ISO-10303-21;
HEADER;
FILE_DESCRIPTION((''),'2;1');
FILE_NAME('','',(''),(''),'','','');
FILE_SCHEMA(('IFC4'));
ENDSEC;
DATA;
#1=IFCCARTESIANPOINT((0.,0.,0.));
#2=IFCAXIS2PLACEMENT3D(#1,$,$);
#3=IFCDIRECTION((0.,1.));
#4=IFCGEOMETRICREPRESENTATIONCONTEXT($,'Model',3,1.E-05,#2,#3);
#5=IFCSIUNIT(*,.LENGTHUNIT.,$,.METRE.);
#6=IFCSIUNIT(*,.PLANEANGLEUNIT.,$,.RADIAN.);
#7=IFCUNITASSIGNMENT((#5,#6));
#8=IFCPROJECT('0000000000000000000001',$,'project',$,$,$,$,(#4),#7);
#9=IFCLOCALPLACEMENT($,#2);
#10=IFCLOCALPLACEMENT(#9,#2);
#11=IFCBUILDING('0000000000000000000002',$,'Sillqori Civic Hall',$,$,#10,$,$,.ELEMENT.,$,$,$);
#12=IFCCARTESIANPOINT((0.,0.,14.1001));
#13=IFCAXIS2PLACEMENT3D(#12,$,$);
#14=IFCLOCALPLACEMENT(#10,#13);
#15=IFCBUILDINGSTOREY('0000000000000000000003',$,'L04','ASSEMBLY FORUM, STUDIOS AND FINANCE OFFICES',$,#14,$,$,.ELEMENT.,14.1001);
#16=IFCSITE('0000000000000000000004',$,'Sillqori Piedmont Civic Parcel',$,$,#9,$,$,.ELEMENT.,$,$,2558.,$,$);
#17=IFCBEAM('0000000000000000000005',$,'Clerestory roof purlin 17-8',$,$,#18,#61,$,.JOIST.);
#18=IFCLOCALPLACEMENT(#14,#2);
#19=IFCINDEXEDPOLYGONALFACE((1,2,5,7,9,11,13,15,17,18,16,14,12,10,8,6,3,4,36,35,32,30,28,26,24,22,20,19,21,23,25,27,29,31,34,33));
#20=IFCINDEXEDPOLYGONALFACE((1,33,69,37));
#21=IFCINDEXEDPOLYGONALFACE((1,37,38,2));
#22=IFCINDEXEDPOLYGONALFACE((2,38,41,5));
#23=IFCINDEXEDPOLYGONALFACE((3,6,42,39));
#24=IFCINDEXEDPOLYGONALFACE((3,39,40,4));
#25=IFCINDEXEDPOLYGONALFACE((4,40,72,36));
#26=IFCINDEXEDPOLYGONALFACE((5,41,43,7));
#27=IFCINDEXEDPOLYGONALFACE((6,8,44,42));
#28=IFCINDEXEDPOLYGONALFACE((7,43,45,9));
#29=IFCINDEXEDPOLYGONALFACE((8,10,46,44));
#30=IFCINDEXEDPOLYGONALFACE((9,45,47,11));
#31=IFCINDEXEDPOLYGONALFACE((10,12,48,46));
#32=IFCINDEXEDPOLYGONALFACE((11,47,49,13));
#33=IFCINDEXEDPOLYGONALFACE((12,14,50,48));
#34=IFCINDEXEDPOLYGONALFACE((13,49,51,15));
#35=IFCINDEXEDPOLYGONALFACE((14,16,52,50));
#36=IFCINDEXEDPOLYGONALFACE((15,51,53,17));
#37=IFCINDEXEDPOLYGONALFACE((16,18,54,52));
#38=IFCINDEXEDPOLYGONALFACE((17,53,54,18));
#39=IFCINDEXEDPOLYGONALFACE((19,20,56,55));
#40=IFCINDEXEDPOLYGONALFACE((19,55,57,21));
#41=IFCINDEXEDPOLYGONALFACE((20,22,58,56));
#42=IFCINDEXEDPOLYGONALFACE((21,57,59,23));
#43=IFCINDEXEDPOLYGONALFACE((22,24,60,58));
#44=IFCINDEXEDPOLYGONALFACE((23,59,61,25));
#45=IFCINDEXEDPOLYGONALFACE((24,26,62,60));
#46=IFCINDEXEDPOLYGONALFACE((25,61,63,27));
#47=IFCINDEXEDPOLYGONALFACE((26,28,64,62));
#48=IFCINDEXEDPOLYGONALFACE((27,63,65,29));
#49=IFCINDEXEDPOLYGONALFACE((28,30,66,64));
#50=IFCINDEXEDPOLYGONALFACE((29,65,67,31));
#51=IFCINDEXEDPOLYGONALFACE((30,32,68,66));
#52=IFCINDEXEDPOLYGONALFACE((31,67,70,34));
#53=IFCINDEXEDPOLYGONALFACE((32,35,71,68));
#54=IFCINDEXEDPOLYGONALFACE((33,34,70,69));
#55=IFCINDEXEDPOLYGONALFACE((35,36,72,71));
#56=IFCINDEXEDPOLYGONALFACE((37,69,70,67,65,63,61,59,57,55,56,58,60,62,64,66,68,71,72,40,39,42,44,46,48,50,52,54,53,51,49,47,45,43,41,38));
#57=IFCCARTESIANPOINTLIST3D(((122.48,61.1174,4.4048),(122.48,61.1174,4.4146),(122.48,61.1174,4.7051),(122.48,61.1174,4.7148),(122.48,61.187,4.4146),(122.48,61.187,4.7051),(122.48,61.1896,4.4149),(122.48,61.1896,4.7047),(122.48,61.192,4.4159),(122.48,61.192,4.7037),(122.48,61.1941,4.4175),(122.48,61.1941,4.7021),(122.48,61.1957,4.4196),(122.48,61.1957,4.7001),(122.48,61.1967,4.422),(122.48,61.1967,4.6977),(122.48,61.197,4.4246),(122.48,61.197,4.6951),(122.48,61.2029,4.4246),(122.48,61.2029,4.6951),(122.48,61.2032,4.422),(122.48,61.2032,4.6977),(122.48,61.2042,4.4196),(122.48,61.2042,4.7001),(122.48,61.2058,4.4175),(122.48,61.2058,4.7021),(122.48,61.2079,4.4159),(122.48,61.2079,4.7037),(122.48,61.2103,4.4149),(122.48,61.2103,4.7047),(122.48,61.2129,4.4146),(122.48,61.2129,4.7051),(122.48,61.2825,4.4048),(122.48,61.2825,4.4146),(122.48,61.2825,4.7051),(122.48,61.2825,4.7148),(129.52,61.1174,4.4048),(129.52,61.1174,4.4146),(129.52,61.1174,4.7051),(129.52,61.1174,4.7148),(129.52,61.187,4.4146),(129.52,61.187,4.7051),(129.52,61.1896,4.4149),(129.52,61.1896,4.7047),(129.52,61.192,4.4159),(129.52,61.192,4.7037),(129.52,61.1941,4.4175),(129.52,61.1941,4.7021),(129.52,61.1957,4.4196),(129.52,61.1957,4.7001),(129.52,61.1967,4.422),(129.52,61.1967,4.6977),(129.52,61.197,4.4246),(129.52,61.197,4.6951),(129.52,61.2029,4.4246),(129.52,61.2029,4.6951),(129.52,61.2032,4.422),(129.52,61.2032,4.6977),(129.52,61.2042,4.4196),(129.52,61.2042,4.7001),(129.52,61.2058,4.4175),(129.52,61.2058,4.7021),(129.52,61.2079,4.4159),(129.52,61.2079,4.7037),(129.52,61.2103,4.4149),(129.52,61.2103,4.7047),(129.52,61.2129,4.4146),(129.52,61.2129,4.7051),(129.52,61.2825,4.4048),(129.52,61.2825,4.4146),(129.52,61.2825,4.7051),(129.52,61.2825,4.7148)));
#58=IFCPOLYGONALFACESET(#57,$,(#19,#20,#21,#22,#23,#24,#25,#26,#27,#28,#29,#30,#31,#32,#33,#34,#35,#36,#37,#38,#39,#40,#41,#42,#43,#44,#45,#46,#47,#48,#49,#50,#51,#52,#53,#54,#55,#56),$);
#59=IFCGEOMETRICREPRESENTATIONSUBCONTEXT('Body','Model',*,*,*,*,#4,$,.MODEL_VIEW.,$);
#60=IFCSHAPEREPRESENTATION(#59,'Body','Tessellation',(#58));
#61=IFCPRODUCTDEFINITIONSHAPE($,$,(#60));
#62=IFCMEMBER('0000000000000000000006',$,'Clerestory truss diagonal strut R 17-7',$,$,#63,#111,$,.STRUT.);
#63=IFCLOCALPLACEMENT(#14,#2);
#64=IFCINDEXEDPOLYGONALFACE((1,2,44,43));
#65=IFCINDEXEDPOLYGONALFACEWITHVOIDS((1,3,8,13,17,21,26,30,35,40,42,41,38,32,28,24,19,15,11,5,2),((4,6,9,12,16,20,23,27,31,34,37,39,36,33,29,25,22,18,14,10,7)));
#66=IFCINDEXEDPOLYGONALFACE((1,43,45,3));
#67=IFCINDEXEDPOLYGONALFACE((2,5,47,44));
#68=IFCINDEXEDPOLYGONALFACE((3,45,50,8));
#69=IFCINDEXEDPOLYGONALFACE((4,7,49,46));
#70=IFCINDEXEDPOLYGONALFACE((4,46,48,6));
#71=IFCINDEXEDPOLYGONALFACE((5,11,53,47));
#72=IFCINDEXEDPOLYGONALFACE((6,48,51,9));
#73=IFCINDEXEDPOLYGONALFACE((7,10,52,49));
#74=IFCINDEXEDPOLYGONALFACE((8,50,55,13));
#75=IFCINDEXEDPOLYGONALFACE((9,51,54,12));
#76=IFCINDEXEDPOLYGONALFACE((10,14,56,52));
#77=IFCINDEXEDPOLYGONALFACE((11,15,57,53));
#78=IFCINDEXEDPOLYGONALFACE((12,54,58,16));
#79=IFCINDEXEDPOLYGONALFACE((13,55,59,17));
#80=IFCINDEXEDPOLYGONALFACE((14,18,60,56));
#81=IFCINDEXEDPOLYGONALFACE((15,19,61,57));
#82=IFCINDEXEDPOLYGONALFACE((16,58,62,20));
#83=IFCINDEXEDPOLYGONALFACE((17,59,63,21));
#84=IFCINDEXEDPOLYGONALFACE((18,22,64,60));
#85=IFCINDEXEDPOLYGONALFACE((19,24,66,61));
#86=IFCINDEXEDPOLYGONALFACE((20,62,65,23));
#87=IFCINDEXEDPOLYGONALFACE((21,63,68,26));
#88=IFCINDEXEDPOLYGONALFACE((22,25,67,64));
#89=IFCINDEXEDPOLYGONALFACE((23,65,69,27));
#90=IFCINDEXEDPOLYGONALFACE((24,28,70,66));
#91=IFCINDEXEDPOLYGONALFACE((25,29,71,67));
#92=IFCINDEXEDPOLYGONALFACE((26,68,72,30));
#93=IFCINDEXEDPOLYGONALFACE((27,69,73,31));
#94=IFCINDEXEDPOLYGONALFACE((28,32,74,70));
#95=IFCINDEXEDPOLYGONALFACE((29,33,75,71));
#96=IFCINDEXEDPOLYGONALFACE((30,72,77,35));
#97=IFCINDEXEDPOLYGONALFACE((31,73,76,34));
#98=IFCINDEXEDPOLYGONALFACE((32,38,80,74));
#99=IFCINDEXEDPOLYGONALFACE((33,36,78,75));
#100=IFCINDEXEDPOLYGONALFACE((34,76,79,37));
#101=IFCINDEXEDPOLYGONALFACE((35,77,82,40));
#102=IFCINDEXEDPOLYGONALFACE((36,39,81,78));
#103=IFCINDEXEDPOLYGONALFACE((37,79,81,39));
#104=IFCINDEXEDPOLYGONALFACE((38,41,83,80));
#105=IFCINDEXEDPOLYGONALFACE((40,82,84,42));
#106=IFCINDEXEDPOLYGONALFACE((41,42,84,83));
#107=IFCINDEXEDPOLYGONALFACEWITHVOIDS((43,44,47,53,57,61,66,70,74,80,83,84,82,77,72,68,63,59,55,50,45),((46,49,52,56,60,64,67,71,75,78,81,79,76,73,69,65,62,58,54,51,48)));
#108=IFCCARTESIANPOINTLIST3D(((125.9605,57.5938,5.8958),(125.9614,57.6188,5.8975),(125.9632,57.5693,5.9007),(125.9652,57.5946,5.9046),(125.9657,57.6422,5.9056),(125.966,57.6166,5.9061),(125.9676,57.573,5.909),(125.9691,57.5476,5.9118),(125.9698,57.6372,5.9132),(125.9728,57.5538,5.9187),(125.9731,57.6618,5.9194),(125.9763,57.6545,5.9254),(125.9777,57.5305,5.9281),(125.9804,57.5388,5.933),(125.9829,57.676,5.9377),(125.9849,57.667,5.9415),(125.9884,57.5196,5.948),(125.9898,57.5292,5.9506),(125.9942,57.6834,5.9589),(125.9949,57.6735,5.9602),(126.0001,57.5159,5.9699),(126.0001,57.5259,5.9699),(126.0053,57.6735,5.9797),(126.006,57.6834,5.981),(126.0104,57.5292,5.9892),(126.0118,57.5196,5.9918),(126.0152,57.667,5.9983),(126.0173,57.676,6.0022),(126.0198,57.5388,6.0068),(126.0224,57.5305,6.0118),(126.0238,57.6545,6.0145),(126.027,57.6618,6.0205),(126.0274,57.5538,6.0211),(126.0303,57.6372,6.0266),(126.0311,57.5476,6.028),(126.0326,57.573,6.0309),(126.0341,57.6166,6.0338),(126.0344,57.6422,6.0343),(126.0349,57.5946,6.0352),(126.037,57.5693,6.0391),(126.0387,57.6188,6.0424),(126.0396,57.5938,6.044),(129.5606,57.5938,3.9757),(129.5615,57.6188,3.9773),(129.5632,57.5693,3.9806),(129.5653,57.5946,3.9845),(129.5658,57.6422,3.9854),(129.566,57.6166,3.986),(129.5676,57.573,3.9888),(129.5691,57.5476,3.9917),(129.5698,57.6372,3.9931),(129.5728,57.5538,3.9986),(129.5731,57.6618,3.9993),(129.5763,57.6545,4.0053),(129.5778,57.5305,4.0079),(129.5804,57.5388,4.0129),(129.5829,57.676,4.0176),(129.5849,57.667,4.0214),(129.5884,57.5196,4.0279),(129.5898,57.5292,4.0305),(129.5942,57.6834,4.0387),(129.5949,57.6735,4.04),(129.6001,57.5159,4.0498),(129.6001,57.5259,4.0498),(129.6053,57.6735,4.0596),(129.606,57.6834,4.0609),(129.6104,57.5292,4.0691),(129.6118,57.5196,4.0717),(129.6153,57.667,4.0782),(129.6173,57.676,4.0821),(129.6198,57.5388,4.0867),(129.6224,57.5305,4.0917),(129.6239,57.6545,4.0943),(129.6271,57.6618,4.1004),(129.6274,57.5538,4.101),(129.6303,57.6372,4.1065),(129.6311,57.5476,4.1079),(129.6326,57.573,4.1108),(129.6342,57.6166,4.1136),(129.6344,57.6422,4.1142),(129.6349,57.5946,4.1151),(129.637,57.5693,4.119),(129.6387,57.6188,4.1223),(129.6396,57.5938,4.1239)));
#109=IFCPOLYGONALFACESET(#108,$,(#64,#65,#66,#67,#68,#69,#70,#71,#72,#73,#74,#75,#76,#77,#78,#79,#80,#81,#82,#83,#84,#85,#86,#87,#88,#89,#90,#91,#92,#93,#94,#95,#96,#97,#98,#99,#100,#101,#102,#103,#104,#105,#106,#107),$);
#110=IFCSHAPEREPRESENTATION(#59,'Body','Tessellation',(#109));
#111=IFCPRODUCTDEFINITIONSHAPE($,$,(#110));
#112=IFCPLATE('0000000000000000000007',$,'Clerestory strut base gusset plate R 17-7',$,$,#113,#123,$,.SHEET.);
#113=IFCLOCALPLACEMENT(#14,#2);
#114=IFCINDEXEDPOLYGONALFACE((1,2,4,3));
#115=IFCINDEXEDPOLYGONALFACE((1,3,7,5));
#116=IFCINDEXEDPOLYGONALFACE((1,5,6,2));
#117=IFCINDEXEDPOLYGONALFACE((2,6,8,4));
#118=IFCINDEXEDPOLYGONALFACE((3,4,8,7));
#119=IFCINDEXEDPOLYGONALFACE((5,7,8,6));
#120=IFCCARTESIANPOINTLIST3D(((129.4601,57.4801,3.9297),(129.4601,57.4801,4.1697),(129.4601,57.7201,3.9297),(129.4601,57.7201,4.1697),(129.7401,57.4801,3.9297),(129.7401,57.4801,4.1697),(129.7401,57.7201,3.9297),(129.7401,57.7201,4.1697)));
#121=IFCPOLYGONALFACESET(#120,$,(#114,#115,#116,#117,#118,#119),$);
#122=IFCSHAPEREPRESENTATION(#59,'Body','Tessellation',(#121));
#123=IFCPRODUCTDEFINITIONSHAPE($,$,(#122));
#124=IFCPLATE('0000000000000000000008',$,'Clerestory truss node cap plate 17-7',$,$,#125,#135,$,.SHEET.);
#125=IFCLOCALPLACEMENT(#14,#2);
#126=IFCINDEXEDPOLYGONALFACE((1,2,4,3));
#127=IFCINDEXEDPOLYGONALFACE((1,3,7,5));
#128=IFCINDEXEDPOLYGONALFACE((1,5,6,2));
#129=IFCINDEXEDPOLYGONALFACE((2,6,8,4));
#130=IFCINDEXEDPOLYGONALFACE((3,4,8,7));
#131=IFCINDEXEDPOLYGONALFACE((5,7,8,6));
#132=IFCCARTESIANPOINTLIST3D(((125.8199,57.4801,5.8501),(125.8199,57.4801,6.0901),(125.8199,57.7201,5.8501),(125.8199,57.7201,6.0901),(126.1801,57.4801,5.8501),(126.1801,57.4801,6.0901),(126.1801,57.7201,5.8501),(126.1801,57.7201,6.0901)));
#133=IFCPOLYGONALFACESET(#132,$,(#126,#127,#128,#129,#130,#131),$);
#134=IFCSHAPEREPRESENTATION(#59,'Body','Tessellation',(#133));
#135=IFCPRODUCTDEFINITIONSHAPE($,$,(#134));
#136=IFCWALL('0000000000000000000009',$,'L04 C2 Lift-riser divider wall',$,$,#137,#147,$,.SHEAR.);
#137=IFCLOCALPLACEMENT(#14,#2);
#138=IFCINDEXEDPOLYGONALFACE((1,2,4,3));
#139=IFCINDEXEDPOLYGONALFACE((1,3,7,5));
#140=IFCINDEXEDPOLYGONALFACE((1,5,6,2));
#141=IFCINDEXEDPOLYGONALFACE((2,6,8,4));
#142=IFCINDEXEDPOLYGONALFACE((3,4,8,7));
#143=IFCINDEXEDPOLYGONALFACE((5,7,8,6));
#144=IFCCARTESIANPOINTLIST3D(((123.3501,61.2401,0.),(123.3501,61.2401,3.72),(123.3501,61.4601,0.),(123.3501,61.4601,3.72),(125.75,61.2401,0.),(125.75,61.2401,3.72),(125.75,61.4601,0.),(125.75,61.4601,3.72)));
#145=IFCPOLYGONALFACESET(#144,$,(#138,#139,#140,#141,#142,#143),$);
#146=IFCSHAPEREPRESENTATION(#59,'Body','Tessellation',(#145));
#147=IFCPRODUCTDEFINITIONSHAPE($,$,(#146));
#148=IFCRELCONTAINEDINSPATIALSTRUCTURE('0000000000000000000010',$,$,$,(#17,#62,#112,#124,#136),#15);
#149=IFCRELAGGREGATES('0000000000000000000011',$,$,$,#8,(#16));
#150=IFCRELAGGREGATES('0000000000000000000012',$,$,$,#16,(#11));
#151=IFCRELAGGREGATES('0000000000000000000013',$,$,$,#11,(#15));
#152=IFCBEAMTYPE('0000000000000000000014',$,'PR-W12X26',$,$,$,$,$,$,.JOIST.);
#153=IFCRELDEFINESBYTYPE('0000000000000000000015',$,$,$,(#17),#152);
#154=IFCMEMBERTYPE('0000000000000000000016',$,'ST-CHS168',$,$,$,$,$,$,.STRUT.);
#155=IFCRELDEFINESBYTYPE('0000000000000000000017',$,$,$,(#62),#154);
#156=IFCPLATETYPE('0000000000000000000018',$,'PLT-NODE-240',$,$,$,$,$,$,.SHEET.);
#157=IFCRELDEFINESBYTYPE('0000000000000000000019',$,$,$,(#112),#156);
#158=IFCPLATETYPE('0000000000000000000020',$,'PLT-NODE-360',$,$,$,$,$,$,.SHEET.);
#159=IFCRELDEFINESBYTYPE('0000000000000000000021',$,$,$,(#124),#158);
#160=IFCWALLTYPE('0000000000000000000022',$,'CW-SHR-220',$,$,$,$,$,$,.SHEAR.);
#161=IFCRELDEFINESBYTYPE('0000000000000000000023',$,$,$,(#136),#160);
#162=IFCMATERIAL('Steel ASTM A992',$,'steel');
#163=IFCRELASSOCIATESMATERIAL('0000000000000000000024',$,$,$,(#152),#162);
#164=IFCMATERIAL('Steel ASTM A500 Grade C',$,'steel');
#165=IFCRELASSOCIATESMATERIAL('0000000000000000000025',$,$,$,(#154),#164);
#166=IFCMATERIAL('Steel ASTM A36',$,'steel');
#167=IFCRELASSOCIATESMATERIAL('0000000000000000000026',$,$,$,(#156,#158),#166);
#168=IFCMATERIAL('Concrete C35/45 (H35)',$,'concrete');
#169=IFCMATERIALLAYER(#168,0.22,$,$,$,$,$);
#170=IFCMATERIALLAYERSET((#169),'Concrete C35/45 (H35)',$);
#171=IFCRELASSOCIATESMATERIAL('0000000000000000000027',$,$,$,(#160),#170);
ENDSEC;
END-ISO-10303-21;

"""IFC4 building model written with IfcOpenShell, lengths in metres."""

from ifc_helpers import new_model, si_unit, direction, frame, frame_2d, origin, origin_2d, place, context, subcontext, project, spatial, rectangle, hollow_circle, i_section, extrude, material, layer, layer_set, material_profile, profile_set, type_object, element, save


model = new_model("IFC4")

# Units and contexts
model_context = context("Model", 3, precision=1e-05, world=origin(), true_north=direction((0.0, 1.0)))
body_context = subcontext(model_context, "Body", "Model", "MODEL_VIEW")
ifc_project = project(units=[si_unit("LENGTHUNIT", "METRE"), si_unit("PLANEANGLEUNIT", "RADIAN")], contexts=[model_context])

# Site, building, storey
site_placement = place(None, origin())
site = spatial("IfcSite", under=ifc_project, at=site_placement, Name="Sillqori Piedmont Civic Parcel", CompositionType="ELEMENT", RefElevation=2558.0)
building_placement = place(site_placement, origin())
building = spatial("IfcBuilding", under=site, at=building_placement, Name="Sillqori Civic Hall", CompositionType="ELEMENT")
storey_placement = place(building_placement, frame((0.0, 0.0, 14.1001)))
storey = spatial("IfcBuildingStorey", under=building, at=storey_placement, Name="L04", Description="ASSEMBLY FORUM, STUDIOS AND FINANCE OFFICES", CompositionType="ELEMENT", Elevation=14.1001)

# Shared definitions
ifc_material_1 = material(Name="Steel ASTM A992", Category="steel")

# Shared definitions
ifc_material_2 = material(Name="Steel ASTM A500 Grade C", Category="steel")

# Beam
ifc_material_profile_1 = material_profile(ifc_material_1, i_section(OverallWidth=0.165, OverallDepth=0.3101, WebThickness=0.0059, FlangeThickness=0.0098, FilletRadius=0.01, at=origin_2d()), Name="W12X26")
ifc_profile_set_1 = profile_set([ifc_material_profile_1], Name="Steel ASTM A992")
beam_type = type_object("IfcBeamType", Name="PR-W12X26", PredefinedType="JOIST", material=ifc_profile_set_1)
beam_placement = place(storey_placement, frame((122.48, 61.2, 4.5598), z_axis=(1.0, 0.0, 0.0), x_axis=(0.0, 1.0, 0.0)))
element("IfcBeam", 1, at=beam_placement, inside=storey, type_object=beam_type, Name="Clerestory roof purlin 17-8", PredefinedType="JOIST", context=body_context, shape_type="SweptSolid", body=[
    extrude(i_section(OverallWidth=0.165, OverallDepth=0.3101, WebThickness=0.0059, FlangeThickness=0.0098, FilletRadius=0.01, at=origin_2d()), origin(), (0.0, 0.0, 1.0), 7.04),
])

# Member
ifc_material_profile_2 = material_profile(ifc_material_2, hollow_circle(Radius=0.0842, WallThickness=0.01, at=origin_2d()), Name="CHS168X10")
ifc_profile_set_2 = profile_set([ifc_material_profile_2], Name="Steel ASTM A500 Grade C")
member_type_1 = type_object("IfcMemberType", Name="ST-CHS168", PredefinedType="STRUT", material=ifc_profile_set_2)
member_1_placement = place(storey_placement, frame((129.6001, 57.6001, 4.0498), z_axis=(-0.882341, 0.0, 0.47061), x_axis=(0.0, -1.0, 0.0)))
element("IfcMember", 2, at=member_1_placement, inside=storey, type_object=member_type_1, Name="Clerestory truss diagonal strut R 17-7", PredefinedType="STRUT", context=body_context, shape_type="SweptSolid", body=[
    extrude(hollow_circle(Radius=0.0842, WallThickness=0.01, at=origin_2d()), origin(), (0.0, 0.0, 1.0), 4.0801),
])

# Plates
ifc_material_3 = material(Name="Steel ASTM A36", Category="steel")
plate_type_1 = type_object("IfcPlateType", Name="PLT-NODE-240", PredefinedType="SHEET", material=ifc_material_3)
plate_1_placement = place(storey_placement, frame((129.6001, 57.6001, 3.9297), z_axis=(0.0, 0.0, 1.0), x_axis=(1.0, 0.0, 0.0)))
element("IfcPlate", 3, at=plate_1_placement, inside=storey, type_object=plate_type_1, Name="Clerestory strut base gusset plate R 17-7", PredefinedType="SHEET", context=body_context, shape_type="SweptSolid", body=[
    extrude(rectangle(XDim=0.28, YDim=0.24, at=origin_2d()), origin(), (0.0, 0.0, 1.0), 0.24),
])
plate_type_2 = type_object("IfcPlateType", Name="PLT-NODE-360", PredefinedType="SHEET", material=ifc_material_3)
plate_2_placement = place(storey_placement, frame((126.0, 57.6001, 5.8501), z_axis=(0.0, 0.0, 1.0), x_axis=(1.0, 0.0, 0.0)))
element("IfcPlate", 4, at=plate_2_placement, inside=storey, type_object=plate_type_2, Name="Clerestory truss node cap plate 17-7", PredefinedType="SHEET", context=body_context, shape_type="SweptSolid", body=[
    extrude(rectangle(XDim=0.3601, YDim=0.24, at=origin_2d()), origin(), (0.0, 0.0, 1.0), 0.24),
])

# Wall
ifc_material_4 = material(Name="Concrete C35/45 (H35)", Category="concrete")
ifc_layer_1 = layer(ifc_material_4, 0.22)
ifc_layer_set_1 = layer_set([ifc_layer_1], Name="Concrete C35/45 (H35)")
wall_type_1 = type_object("IfcWallType", Name="CW-SHR-220", PredefinedType="SHEAR", material=ifc_layer_set_1)
wall_1_placement = place(storey_placement, frame((123.3501, 61.3501, 0.0), z_axis=(0.0, 0.0, 1.0), x_axis=(1.0, 0.0, 0.0)))
element("IfcWall", 5, at=wall_1_placement, inside=storey, type_object=wall_type_1, Name="L04 C2 Lift-riser divider wall", PredefinedType="SHEAR", context=body_context, shape_type="SweptSolid", body=[
    extrude(rectangle(XDim=2.3999, YDim=0.22, at=frame_2d((1.2, 0.0))), origin(), (0.0, 0.0, 1.0), 3.72),
])

save(model, "model.ifc")
